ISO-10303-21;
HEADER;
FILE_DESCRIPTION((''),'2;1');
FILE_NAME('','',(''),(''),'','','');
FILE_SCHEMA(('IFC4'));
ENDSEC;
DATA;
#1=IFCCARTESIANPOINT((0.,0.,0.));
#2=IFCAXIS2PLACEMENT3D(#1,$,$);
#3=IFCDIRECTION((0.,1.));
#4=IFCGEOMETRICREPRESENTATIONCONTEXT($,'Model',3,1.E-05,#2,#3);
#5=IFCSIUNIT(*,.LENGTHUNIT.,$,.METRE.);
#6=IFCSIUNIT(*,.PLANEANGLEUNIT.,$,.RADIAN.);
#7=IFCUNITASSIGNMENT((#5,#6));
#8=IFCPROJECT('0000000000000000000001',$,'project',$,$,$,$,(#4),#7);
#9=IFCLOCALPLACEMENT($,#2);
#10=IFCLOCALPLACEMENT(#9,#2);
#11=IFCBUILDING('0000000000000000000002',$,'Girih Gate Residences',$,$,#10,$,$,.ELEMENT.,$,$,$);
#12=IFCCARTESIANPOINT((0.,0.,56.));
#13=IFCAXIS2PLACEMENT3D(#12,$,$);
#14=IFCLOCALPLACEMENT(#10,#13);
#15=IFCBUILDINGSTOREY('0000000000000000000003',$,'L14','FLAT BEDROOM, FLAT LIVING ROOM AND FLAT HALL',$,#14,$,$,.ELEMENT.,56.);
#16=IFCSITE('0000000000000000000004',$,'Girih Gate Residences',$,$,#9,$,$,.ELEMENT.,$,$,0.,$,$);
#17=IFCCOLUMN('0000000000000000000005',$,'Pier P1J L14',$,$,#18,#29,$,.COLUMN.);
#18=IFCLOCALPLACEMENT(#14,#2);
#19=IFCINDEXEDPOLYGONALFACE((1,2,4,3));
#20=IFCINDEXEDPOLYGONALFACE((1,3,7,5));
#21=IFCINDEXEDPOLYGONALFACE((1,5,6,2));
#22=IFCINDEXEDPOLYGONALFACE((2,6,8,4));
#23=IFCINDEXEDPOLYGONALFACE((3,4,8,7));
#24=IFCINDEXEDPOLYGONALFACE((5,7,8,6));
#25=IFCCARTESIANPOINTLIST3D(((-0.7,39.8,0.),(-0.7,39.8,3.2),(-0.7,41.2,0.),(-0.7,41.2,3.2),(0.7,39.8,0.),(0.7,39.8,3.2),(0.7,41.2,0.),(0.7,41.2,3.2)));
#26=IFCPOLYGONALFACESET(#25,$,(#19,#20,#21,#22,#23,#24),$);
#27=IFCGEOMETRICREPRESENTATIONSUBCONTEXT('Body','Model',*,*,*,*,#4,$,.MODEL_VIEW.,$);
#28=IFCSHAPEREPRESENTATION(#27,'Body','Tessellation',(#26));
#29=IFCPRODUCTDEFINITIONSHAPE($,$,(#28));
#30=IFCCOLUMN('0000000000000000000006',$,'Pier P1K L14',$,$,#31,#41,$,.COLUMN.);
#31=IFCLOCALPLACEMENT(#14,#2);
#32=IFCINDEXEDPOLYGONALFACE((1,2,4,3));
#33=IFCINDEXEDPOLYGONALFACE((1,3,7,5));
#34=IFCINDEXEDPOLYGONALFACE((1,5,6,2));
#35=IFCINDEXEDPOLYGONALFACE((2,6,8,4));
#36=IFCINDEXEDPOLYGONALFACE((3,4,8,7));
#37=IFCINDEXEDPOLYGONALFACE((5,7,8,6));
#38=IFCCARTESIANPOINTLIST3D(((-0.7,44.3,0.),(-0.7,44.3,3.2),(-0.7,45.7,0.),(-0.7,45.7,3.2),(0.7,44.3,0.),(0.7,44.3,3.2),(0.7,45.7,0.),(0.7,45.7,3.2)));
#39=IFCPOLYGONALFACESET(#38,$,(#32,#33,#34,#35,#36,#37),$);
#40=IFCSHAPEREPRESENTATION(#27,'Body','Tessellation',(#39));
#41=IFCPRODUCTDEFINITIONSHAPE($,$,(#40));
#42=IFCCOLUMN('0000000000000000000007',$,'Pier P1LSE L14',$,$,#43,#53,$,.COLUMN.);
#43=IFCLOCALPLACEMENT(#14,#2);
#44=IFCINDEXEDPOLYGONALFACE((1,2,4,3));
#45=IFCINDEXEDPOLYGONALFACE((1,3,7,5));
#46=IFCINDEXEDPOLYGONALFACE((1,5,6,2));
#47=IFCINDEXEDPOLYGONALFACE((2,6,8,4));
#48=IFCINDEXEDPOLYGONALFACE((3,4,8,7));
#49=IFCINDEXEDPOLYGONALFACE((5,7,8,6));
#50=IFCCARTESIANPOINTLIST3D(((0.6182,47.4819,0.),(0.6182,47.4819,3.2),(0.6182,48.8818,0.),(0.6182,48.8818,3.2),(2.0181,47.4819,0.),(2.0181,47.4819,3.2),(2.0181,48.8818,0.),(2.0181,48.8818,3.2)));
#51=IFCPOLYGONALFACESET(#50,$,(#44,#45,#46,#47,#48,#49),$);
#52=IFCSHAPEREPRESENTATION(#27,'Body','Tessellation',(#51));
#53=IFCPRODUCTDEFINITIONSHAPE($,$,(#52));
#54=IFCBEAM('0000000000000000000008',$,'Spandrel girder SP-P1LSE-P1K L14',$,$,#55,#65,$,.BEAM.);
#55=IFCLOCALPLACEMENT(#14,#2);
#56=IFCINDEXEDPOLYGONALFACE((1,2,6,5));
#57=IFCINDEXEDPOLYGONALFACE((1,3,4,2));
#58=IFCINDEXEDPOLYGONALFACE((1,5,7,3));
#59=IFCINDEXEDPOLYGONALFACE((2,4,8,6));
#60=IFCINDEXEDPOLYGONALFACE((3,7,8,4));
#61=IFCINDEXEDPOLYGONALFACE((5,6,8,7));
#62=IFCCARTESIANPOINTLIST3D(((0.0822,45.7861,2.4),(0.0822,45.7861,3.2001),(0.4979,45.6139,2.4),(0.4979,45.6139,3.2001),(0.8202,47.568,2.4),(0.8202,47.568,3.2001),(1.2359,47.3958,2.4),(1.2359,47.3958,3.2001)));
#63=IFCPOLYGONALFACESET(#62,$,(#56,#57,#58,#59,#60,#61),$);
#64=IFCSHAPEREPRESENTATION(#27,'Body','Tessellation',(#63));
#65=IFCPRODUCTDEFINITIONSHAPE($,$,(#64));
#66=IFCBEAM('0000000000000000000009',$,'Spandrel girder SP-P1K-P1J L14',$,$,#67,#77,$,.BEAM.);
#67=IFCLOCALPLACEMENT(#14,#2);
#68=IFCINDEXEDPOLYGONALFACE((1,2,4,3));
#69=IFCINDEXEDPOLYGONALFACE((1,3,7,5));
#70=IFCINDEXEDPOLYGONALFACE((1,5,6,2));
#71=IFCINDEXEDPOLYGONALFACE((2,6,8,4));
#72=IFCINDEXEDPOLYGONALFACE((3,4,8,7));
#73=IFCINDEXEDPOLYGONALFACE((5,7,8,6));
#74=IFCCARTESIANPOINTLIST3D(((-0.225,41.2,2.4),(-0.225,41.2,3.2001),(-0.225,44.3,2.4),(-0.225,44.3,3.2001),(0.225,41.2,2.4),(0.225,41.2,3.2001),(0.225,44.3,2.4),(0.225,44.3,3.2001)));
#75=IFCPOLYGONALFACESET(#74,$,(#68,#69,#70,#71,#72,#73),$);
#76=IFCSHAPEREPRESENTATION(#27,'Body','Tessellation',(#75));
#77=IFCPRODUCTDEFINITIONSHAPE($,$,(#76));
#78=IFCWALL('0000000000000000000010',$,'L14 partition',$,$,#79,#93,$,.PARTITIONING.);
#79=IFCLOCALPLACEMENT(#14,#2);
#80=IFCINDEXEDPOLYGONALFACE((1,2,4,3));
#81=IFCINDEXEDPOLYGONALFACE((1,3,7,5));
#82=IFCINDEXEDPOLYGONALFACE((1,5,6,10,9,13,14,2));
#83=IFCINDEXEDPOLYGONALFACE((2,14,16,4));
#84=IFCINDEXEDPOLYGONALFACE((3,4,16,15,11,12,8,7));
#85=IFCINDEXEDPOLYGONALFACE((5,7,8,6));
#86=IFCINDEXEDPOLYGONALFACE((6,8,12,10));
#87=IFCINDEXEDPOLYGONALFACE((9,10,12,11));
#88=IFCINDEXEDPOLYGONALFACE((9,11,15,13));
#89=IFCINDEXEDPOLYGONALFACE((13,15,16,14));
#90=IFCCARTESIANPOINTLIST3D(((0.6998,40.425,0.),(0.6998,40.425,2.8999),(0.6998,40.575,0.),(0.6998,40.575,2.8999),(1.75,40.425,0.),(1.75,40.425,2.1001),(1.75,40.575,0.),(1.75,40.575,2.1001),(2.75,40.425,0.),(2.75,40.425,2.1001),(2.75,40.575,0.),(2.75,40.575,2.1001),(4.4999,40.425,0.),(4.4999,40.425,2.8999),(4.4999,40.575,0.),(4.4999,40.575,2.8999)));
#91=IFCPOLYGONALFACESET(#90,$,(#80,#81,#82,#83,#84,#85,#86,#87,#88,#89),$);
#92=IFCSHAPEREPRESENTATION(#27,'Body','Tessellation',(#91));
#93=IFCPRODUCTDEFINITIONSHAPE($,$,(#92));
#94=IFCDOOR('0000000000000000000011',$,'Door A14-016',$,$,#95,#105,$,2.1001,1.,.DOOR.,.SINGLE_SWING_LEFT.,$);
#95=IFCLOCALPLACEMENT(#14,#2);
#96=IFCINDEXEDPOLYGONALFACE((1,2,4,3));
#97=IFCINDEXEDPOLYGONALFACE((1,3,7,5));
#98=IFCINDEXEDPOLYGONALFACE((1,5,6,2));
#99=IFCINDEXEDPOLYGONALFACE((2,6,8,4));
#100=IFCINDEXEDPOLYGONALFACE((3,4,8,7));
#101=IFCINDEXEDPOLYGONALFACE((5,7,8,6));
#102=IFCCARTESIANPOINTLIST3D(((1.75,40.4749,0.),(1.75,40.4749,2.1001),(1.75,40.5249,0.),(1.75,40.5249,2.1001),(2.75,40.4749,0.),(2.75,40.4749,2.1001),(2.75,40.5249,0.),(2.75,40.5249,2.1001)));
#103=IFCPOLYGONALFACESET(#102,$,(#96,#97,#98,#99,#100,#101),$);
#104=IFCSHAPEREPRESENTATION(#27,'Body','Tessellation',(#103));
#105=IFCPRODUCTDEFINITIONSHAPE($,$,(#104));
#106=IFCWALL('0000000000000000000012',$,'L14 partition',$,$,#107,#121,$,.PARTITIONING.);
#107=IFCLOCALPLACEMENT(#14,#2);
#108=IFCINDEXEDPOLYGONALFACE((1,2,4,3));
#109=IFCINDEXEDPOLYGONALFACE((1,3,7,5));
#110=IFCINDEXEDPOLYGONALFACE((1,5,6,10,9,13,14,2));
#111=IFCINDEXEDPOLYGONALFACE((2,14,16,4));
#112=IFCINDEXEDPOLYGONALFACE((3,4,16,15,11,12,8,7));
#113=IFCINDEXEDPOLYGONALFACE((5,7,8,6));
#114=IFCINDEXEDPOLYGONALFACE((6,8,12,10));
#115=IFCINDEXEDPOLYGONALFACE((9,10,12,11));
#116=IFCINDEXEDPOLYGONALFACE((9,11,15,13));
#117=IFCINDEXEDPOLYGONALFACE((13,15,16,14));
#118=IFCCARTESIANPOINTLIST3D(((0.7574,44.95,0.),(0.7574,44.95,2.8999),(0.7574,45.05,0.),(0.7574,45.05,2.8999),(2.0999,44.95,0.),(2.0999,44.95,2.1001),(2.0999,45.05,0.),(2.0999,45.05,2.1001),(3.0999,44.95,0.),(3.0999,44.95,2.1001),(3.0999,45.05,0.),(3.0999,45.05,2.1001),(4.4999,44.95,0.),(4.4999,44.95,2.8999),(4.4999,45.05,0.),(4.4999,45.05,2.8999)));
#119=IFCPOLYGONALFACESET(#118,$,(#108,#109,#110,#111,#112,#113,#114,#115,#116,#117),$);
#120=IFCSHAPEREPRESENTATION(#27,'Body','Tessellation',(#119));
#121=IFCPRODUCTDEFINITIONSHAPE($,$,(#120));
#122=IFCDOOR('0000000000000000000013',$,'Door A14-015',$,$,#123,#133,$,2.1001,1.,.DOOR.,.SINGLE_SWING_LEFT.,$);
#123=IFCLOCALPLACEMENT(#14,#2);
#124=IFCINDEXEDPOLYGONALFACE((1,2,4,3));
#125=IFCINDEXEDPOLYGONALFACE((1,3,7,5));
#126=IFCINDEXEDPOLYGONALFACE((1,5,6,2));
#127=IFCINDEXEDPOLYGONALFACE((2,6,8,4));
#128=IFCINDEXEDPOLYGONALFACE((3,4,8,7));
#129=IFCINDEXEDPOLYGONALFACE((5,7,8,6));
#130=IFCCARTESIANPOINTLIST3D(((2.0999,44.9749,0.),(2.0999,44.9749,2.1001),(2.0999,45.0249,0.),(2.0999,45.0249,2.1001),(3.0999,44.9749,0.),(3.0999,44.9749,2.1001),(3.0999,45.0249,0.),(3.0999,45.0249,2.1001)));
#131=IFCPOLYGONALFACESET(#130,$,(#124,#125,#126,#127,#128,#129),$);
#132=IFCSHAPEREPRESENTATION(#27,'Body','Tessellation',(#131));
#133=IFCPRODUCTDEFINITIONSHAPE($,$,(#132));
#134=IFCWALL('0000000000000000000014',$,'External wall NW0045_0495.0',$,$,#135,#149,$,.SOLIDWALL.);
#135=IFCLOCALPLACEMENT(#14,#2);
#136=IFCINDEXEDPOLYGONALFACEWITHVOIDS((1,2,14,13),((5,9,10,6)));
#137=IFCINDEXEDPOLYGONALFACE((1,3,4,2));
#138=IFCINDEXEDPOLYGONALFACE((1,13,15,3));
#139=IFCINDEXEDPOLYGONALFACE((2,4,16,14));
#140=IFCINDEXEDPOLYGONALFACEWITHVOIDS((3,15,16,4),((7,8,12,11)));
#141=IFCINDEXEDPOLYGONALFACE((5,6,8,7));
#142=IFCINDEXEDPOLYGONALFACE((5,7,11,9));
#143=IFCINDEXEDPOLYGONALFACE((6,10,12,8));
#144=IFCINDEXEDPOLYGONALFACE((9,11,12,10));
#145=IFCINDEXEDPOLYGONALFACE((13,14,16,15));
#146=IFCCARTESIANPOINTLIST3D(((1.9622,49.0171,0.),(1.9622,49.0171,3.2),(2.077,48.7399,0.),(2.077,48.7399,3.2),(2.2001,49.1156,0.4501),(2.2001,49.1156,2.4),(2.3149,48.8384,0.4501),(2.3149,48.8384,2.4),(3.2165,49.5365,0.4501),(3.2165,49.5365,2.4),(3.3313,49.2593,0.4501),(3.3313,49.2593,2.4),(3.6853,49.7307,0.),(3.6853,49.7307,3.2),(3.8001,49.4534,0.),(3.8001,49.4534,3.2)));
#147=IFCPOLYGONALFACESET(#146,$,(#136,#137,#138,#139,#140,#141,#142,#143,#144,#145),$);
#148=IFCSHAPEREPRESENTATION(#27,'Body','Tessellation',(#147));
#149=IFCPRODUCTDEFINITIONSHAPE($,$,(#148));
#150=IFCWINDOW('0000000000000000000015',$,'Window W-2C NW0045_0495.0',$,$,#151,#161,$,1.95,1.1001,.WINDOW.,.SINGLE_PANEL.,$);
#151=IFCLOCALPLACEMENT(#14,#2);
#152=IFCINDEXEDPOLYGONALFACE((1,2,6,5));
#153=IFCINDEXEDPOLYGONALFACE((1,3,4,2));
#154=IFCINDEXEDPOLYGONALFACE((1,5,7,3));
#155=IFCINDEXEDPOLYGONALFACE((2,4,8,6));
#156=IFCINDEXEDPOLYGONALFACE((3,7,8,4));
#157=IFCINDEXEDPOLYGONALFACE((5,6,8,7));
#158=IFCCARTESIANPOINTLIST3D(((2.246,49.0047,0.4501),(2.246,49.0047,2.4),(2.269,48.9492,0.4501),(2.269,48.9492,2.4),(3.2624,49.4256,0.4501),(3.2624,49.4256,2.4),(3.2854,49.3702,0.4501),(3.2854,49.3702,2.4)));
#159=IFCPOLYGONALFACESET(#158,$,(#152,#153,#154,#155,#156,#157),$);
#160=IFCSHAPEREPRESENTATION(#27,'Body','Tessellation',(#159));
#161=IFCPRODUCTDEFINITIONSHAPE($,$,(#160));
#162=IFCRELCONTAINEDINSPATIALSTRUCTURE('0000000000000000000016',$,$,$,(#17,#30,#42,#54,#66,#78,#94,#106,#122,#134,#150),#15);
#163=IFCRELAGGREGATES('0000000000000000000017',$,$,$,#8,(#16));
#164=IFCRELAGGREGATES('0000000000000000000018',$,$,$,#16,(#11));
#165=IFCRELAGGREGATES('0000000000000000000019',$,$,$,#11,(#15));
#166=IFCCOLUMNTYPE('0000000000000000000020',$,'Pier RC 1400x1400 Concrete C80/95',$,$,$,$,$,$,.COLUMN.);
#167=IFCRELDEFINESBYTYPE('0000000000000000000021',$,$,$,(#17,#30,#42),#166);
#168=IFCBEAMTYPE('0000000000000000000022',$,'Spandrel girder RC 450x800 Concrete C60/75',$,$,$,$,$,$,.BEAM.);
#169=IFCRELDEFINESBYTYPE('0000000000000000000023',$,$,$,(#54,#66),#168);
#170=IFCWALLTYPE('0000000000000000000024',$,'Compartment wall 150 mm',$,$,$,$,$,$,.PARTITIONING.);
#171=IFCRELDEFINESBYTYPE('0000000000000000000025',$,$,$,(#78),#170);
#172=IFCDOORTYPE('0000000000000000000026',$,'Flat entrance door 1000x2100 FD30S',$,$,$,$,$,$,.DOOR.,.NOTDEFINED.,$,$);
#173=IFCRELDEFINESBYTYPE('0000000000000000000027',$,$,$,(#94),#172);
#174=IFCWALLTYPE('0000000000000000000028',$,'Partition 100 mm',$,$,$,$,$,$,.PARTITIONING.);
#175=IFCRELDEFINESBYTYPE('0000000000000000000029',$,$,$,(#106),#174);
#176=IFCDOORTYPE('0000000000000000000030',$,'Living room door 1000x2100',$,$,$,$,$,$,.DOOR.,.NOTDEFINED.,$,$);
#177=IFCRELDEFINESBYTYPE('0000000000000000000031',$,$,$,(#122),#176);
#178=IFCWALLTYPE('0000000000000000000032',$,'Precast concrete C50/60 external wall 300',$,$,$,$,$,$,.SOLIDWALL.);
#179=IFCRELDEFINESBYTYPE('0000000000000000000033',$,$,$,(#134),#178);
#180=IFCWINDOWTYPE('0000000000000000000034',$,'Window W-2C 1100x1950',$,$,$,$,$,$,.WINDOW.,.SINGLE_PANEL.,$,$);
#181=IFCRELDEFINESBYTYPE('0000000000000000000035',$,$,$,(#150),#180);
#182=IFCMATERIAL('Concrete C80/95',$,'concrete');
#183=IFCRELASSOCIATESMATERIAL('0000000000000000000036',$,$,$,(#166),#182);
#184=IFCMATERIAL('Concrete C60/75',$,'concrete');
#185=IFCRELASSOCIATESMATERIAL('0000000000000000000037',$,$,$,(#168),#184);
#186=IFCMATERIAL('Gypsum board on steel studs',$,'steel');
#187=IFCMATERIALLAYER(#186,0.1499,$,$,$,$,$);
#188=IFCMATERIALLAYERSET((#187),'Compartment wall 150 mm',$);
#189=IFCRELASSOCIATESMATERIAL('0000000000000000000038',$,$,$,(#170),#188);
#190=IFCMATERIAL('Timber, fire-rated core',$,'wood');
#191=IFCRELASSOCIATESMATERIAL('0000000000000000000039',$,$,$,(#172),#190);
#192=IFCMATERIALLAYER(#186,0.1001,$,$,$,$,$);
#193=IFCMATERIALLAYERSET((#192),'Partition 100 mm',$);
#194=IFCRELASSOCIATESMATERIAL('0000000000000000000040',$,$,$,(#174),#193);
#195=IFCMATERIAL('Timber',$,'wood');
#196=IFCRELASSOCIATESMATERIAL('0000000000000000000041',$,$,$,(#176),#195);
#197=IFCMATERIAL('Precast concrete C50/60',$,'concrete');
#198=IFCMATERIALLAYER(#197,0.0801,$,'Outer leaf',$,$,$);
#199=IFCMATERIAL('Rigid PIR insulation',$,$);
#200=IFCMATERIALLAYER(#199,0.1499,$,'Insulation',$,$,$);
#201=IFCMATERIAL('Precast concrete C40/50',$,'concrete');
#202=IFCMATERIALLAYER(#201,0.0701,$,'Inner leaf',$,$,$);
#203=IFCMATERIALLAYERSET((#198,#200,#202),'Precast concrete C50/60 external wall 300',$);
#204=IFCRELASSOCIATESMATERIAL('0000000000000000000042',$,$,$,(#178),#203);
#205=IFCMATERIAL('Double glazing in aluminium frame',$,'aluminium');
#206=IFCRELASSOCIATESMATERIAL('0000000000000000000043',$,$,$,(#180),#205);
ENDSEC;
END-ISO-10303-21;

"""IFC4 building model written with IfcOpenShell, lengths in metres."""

from ifc_helpers import new_model, si_unit, direction, frame, frame_2d, origin, origin_2d, place, context, subcontext, project, spatial, rectangle, extrude, material, layer, layer_set, material_profile, profile_set, type_object, element, fill, save


model = new_model("IFC4")

# Units and contexts
model_context = context("Model", 3, precision=1e-05, world=origin(), true_north=direction((0.0, 1.0)))
body_context = subcontext(model_context, "Body", "Model", "MODEL_VIEW")
ifc_project = project(units=[si_unit("LENGTHUNIT", "METRE"), si_unit("PLANEANGLEUNIT", "RADIAN")], contexts=[model_context])

# Site, building, storey
site_placement = place(None, origin())
site = spatial("IfcSite", under=ifc_project, at=site_placement, Name="Girih Gate Residences", CompositionType="ELEMENT", RefElevation=0.0)
building_placement = place(site_placement, origin())
building = spatial("IfcBuilding", under=site, at=building_placement, Name="Girih Gate Residences", CompositionType="ELEMENT")
storey_placement = place(building_placement, frame((0.0, 0.0, 56.0)))
storey = spatial("IfcBuildingStorey", under=building, at=storey_placement, Name="L14", Description="FLAT BEDROOM, FLAT LIVING ROOM AND FLAT HALL", CompositionType="ELEMENT", Elevation=56.0)

# Columns
ifc_material_1 = material(Name="Concrete C80/95", Category="concrete")
ifc_material_profile_1 = material_profile(ifc_material_1, rectangle(XDim=1.3999, YDim=1.3999, at=origin_2d()))
ifc_profile_set_1 = profile_set([ifc_material_profile_1], Name="Concrete C80/95")
column_type = type_object("IfcColumnType", Name="Pier RC 1400x1400 Concrete C80/95", PredefinedType="COLUMN", material=ifc_profile_set_1)
for number, where, z_axis, x_axis, name in (
    (1, (0.0, 40.5, 0.0), (0.0, 0.0, 1.0), (1.0, 0.0, 0.0), "Pier P1J L14"),
    (2, (0.0, 45.0, 0.0), (0.0, 0.0, 1.0), (1.0, 0.0, 0.0), "Pier P1K L14"),
    (3, (1.3181, 48.1819, 0.0), (0.0, 0.0, 1.0), (1.0, 0.0, 0.0), "Pier P1LSE L14"),
):
    element("IfcColumn", number, at=place(storey_placement, frame(where, z_axis=z_axis, x_axis=x_axis)), inside=storey, type_object=column_type, Name=name, PredefinedType="COLUMN", context=body_context, shape_type="SweptSolid", body=[
        extrude(rectangle(XDim=1.3999, YDim=1.3999, at=origin_2d()), origin(), (0.0, 0.0, 1.0), 3.2),
    ])

# Beams
ifc_material_2 = material(Name="Concrete C60/75", Category="concrete")
ifc_material_profile_2 = material_profile(ifc_material_2, rectangle(XDim=0.45, YDim=0.8, at=origin_2d()))
ifc_profile_set_2 = profile_set([ifc_material_profile_2], Name="Concrete C60/75")
beam_type = type_object("IfcBeamType", Name="Spandrel girder RC 450x800 Concrete C60/75", PredefinedType="BEAM", material=ifc_profile_set_2)
beam_1_placement = place(storey_placement, frame((1.0281, 47.4819, 2.8), z_axis=(-0.382646, -0.923895, 0.0), x_axis=(0.923895, -0.382646, 0.0)))
element("IfcBeam", 4, at=beam_1_placement, inside=storey, type_object=beam_type, Name="Spandrel girder SP-P1LSE-P1K L14", PredefinedType="BEAM", context=body_context, shape_type="SweptSolid", body=[
    extrude(rectangle(XDim=0.45, YDim=0.8, at=origin_2d()), origin(), (0.0, 0.0, 1.0), 1.9287),
])
beam_2_placement = place(storey_placement, frame((0.0, 44.3, 2.8), z_axis=(0.0, -1.0, 0.0), x_axis=(1.0, 0.0, 0.0)))
element("IfcBeam", 5, at=beam_2_placement, inside=storey, type_object=beam_type, Name="Spandrel girder SP-P1K-P1J L14", PredefinedType="BEAM", context=body_context, shape_type="SweptSolid", body=[
    extrude(rectangle(XDim=0.45, YDim=0.8, at=origin_2d()), origin(), (0.0, 0.0, 1.0), 3.1001),
])

# Walls, openings, doors
ifc_material_3 = material(Name="Gypsum board on steel studs", Category="steel")
ifc_layer_1 = layer(ifc_material_3, 0.1499)
ifc_layer_set_1 = layer_set([ifc_layer_1], Name="Compartment wall 150 mm")
wall_type_1 = type_object("IfcWallType", Name="Compartment wall 150 mm", PredefinedType="PARTITIONING", material=ifc_layer_set_1)
wall_1_placement = place(storey_placement, frame((0.7, 40.5, 0.0), z_axis=(0.0, 0.0, 1.0), x_axis=(1.0, 0.0, 0.0)))
wall_1 = element("IfcWall", 6, at=wall_1_placement, inside=storey, type_object=wall_type_1, Name="L14 partition", PredefinedType="PARTITIONING", context=body_context, shape_type="SweptSolid", body=[
    extrude(rectangle(XDim=3.8, YDim=0.1499, at=frame_2d((1.8999, 0.0))), origin(), (0.0, 0.0, 1.0), 2.8999),
])
opening_1_placement = place(wall_1_placement, frame((1.05, 0.0, 0.0)))
opening_1 = element("IfcOpeningElement", 7, at=opening_1_placement, cuts=wall_1, PredefinedType="OPENING", context=body_context, shape_type="SweptSolid", body=[
    extrude(rectangle(XDim=1.0, YDim=2.1001, at=frame_2d((0.5, 1.05))), frame((0.0, 0.085, 0.0), z_axis=(0.0, -1.0, 0.0), x_axis=(1.0, 0.0, 0.0)), (0.0, 0.0, 1.0), 0.1699),
])
ifc_material_4 = material(Name="Timber, fire-rated core", Category="wood")
door_type_1 = type_object("IfcDoorType", Name="Flat entrance door 1000x2100 FD30S", OperationType="NOTDEFINED", PredefinedType="DOOR", material=ifc_material_4)
door_1_placement = place(opening_1_placement, origin())
door_1 = element("IfcDoor", 8, at=door_1_placement, inside=storey, type_object=door_type_1, Name="Door A14-016", OperationType="SINGLE_SWING_LEFT", OverallHeight=2.1001, OverallWidth=1.0, PredefinedType="DOOR", context=body_context, shape_type="SweptSolid", body=[
    extrude(rectangle(XDim=1.0, YDim=2.1001, at=frame_2d((0.5, 1.05))), frame((0.0, 0.0249, 0.0), z_axis=(0.0, -1.0, 0.0), x_axis=(1.0, 0.0, 0.0)), (0.0, 0.0, 1.0), 0.05),
])
fill(opening_1, door_1)
ifc_layer_2 = layer(ifc_material_3, 0.1001)
ifc_layer_set_2 = layer_set([ifc_layer_2], Name="Partition 100 mm")
wall_type_2 = type_object("IfcWallType", Name="Partition 100 mm", PredefinedType="PARTITIONING", material=ifc_layer_set_2)
wall_2_placement = place(storey_placement, frame((0.7576, 45.0, 0.0), z_axis=(0.0, 0.0, 1.0), x_axis=(1.0, 0.0, 0.0)))
wall_2 = element("IfcWall", 9, at=wall_2_placement, inside=storey, type_object=wall_type_2, Name="L14 partition", PredefinedType="PARTITIONING", context=body_context, shape_type="SweptSolid", body=[
    extrude(rectangle(XDim=3.7424, YDim=0.1001, at=frame_2d((1.8711, 0.0))), origin(), (0.0, 0.0, 1.0), 2.8999),
])
opening_2_placement = place(wall_2_placement, frame((1.3423, 0.0, 0.0)))
opening_2 = element("IfcOpeningElement", 10, at=opening_2_placement, cuts=wall_2, PredefinedType="OPENING", context=body_context, shape_type="SweptSolid", body=[
    extrude(rectangle(XDim=1.0, YDim=2.1001, at=frame_2d((0.5, 1.05))), frame((0.0, 0.0601, 0.0), z_axis=(0.0, -1.0, 0.0), x_axis=(1.0, 0.0, 0.0)), (0.0, 0.0, 1.0), 0.1201),
])
ifc_material_5 = material(Name="Timber", Category="wood")
door_type_2 = type_object("IfcDoorType", Name="Living room door 1000x2100", OperationType="NOTDEFINED", PredefinedType="DOOR", material=ifc_material_5)
door_2_placement = place(opening_2_placement, origin())
door_2 = element("IfcDoor", 11, at=door_2_placement, inside=storey, type_object=door_type_2, Name="Door A14-015", OperationType="SINGLE_SWING_LEFT", OverallHeight=2.1001, OverallWidth=1.0, PredefinedType="DOOR", context=body_context, shape_type="SweptSolid", body=[
    extrude(rectangle(XDim=1.0, YDim=2.1001, at=frame_2d((0.5, 1.05))), frame((0.0, 0.0249, 0.0), z_axis=(0.0, -1.0, 0.0), x_axis=(1.0, 0.0, 0.0)), (0.0, 0.0, 1.0), 0.05),
])
fill(opening_2, door_2)

# Wall, opening, window
ifc_material_6 = material(Name="Precast concrete C50/60", Category="concrete")
ifc_layer_3 = layer(ifc_material_6, 0.0801, Name="Outer leaf")
ifc_material_7 = material(Name="Rigid PIR insulation")
ifc_layer_4 = layer(ifc_material_7, 0.1499, Name="Insulation")
ifc_material_8 = material(Name="Precast concrete C40/50", Category="concrete")
ifc_layer_5 = layer(ifc_material_8, 0.0701, Name="Inner leaf")
ifc_layer_set_3 = layer_set([ifc_layer_3, ifc_layer_4, ifc_layer_5], Name="Precast concrete C50/60 external wall 300")
wall_type_3 = type_object("IfcWallType", Name="Precast concrete C50/60 external wall 300", PredefinedType="SOLIDWALL", material=ifc_layer_set_3)
wall_3_placement = place(storey_placement, frame((2.0195, 48.8784, 0.0), z_axis=(0.0, 0.0, 1.0), x_axis=(0.923904, 0.382625, 0.0)))
wall_3 = element("IfcWall", 12, at=wall_3_placement, inside=storey, type_object=wall_type_3, Name="External wall NW0045_0495.0", PredefinedType="SOLIDWALL", context=body_context, shape_type="SweptSolid", body=[
    extrude(rectangle(XDim=1.865, YDim=0.3, at=frame_2d((0.9326, 0.0))), origin(), (0.0, 0.0, 1.0), 3.2),
])
opening_3_placement = place(wall_3_placement, frame((0.2576, 0.0, 0.45)))
opening_3 = element("IfcOpeningElement", 13, at=opening_3_placement, cuts=wall_3, PredefinedType="OPENING", context=body_context, shape_type="SweptSolid", body=[
    extrude(rectangle(XDim=1.1001, YDim=1.95, at=frame_2d((0.55, 0.9751))), frame((0.0, 0.1599, 0.0), z_axis=(0.0, -1.0, 0.0), x_axis=(1.0, 0.0, 0.0)), (0.0, 0.0, 1.0), 0.3201),
])
ifc_material_9 = material(Name="Double glazing in aluminium frame", Category="aluminium")
window_type_1 = type_object("IfcWindowType", Name="Window W-2C 1100x1950", PartitioningType="SINGLE_PANEL", PredefinedType="WINDOW", material=ifc_material_9)
window_1_placement = place(opening_3_placement, origin())
window_1 = element("IfcWindow", 14, at=window_1_placement, inside=storey, type_object=window_type_1, Name="Window W-2C NW0045_0495.0", OverallHeight=1.95, OverallWidth=1.1001, PartitioningType="SINGLE_PANEL", PredefinedType="WINDOW", context=body_context, shape_type="SweptSolid", body=[
    extrude(rectangle(XDim=1.1001, YDim=1.95, at=frame_2d((0.55, 0.9751))), frame((0.0, 0.03, 0.0), z_axis=(0.0, -1.0, 0.0), x_axis=(1.0, 0.0, 0.0)), (0.0, 0.0, 1.0), 0.0601),
])
fill(opening_3, window_1)

save(model, "model.ifc")
